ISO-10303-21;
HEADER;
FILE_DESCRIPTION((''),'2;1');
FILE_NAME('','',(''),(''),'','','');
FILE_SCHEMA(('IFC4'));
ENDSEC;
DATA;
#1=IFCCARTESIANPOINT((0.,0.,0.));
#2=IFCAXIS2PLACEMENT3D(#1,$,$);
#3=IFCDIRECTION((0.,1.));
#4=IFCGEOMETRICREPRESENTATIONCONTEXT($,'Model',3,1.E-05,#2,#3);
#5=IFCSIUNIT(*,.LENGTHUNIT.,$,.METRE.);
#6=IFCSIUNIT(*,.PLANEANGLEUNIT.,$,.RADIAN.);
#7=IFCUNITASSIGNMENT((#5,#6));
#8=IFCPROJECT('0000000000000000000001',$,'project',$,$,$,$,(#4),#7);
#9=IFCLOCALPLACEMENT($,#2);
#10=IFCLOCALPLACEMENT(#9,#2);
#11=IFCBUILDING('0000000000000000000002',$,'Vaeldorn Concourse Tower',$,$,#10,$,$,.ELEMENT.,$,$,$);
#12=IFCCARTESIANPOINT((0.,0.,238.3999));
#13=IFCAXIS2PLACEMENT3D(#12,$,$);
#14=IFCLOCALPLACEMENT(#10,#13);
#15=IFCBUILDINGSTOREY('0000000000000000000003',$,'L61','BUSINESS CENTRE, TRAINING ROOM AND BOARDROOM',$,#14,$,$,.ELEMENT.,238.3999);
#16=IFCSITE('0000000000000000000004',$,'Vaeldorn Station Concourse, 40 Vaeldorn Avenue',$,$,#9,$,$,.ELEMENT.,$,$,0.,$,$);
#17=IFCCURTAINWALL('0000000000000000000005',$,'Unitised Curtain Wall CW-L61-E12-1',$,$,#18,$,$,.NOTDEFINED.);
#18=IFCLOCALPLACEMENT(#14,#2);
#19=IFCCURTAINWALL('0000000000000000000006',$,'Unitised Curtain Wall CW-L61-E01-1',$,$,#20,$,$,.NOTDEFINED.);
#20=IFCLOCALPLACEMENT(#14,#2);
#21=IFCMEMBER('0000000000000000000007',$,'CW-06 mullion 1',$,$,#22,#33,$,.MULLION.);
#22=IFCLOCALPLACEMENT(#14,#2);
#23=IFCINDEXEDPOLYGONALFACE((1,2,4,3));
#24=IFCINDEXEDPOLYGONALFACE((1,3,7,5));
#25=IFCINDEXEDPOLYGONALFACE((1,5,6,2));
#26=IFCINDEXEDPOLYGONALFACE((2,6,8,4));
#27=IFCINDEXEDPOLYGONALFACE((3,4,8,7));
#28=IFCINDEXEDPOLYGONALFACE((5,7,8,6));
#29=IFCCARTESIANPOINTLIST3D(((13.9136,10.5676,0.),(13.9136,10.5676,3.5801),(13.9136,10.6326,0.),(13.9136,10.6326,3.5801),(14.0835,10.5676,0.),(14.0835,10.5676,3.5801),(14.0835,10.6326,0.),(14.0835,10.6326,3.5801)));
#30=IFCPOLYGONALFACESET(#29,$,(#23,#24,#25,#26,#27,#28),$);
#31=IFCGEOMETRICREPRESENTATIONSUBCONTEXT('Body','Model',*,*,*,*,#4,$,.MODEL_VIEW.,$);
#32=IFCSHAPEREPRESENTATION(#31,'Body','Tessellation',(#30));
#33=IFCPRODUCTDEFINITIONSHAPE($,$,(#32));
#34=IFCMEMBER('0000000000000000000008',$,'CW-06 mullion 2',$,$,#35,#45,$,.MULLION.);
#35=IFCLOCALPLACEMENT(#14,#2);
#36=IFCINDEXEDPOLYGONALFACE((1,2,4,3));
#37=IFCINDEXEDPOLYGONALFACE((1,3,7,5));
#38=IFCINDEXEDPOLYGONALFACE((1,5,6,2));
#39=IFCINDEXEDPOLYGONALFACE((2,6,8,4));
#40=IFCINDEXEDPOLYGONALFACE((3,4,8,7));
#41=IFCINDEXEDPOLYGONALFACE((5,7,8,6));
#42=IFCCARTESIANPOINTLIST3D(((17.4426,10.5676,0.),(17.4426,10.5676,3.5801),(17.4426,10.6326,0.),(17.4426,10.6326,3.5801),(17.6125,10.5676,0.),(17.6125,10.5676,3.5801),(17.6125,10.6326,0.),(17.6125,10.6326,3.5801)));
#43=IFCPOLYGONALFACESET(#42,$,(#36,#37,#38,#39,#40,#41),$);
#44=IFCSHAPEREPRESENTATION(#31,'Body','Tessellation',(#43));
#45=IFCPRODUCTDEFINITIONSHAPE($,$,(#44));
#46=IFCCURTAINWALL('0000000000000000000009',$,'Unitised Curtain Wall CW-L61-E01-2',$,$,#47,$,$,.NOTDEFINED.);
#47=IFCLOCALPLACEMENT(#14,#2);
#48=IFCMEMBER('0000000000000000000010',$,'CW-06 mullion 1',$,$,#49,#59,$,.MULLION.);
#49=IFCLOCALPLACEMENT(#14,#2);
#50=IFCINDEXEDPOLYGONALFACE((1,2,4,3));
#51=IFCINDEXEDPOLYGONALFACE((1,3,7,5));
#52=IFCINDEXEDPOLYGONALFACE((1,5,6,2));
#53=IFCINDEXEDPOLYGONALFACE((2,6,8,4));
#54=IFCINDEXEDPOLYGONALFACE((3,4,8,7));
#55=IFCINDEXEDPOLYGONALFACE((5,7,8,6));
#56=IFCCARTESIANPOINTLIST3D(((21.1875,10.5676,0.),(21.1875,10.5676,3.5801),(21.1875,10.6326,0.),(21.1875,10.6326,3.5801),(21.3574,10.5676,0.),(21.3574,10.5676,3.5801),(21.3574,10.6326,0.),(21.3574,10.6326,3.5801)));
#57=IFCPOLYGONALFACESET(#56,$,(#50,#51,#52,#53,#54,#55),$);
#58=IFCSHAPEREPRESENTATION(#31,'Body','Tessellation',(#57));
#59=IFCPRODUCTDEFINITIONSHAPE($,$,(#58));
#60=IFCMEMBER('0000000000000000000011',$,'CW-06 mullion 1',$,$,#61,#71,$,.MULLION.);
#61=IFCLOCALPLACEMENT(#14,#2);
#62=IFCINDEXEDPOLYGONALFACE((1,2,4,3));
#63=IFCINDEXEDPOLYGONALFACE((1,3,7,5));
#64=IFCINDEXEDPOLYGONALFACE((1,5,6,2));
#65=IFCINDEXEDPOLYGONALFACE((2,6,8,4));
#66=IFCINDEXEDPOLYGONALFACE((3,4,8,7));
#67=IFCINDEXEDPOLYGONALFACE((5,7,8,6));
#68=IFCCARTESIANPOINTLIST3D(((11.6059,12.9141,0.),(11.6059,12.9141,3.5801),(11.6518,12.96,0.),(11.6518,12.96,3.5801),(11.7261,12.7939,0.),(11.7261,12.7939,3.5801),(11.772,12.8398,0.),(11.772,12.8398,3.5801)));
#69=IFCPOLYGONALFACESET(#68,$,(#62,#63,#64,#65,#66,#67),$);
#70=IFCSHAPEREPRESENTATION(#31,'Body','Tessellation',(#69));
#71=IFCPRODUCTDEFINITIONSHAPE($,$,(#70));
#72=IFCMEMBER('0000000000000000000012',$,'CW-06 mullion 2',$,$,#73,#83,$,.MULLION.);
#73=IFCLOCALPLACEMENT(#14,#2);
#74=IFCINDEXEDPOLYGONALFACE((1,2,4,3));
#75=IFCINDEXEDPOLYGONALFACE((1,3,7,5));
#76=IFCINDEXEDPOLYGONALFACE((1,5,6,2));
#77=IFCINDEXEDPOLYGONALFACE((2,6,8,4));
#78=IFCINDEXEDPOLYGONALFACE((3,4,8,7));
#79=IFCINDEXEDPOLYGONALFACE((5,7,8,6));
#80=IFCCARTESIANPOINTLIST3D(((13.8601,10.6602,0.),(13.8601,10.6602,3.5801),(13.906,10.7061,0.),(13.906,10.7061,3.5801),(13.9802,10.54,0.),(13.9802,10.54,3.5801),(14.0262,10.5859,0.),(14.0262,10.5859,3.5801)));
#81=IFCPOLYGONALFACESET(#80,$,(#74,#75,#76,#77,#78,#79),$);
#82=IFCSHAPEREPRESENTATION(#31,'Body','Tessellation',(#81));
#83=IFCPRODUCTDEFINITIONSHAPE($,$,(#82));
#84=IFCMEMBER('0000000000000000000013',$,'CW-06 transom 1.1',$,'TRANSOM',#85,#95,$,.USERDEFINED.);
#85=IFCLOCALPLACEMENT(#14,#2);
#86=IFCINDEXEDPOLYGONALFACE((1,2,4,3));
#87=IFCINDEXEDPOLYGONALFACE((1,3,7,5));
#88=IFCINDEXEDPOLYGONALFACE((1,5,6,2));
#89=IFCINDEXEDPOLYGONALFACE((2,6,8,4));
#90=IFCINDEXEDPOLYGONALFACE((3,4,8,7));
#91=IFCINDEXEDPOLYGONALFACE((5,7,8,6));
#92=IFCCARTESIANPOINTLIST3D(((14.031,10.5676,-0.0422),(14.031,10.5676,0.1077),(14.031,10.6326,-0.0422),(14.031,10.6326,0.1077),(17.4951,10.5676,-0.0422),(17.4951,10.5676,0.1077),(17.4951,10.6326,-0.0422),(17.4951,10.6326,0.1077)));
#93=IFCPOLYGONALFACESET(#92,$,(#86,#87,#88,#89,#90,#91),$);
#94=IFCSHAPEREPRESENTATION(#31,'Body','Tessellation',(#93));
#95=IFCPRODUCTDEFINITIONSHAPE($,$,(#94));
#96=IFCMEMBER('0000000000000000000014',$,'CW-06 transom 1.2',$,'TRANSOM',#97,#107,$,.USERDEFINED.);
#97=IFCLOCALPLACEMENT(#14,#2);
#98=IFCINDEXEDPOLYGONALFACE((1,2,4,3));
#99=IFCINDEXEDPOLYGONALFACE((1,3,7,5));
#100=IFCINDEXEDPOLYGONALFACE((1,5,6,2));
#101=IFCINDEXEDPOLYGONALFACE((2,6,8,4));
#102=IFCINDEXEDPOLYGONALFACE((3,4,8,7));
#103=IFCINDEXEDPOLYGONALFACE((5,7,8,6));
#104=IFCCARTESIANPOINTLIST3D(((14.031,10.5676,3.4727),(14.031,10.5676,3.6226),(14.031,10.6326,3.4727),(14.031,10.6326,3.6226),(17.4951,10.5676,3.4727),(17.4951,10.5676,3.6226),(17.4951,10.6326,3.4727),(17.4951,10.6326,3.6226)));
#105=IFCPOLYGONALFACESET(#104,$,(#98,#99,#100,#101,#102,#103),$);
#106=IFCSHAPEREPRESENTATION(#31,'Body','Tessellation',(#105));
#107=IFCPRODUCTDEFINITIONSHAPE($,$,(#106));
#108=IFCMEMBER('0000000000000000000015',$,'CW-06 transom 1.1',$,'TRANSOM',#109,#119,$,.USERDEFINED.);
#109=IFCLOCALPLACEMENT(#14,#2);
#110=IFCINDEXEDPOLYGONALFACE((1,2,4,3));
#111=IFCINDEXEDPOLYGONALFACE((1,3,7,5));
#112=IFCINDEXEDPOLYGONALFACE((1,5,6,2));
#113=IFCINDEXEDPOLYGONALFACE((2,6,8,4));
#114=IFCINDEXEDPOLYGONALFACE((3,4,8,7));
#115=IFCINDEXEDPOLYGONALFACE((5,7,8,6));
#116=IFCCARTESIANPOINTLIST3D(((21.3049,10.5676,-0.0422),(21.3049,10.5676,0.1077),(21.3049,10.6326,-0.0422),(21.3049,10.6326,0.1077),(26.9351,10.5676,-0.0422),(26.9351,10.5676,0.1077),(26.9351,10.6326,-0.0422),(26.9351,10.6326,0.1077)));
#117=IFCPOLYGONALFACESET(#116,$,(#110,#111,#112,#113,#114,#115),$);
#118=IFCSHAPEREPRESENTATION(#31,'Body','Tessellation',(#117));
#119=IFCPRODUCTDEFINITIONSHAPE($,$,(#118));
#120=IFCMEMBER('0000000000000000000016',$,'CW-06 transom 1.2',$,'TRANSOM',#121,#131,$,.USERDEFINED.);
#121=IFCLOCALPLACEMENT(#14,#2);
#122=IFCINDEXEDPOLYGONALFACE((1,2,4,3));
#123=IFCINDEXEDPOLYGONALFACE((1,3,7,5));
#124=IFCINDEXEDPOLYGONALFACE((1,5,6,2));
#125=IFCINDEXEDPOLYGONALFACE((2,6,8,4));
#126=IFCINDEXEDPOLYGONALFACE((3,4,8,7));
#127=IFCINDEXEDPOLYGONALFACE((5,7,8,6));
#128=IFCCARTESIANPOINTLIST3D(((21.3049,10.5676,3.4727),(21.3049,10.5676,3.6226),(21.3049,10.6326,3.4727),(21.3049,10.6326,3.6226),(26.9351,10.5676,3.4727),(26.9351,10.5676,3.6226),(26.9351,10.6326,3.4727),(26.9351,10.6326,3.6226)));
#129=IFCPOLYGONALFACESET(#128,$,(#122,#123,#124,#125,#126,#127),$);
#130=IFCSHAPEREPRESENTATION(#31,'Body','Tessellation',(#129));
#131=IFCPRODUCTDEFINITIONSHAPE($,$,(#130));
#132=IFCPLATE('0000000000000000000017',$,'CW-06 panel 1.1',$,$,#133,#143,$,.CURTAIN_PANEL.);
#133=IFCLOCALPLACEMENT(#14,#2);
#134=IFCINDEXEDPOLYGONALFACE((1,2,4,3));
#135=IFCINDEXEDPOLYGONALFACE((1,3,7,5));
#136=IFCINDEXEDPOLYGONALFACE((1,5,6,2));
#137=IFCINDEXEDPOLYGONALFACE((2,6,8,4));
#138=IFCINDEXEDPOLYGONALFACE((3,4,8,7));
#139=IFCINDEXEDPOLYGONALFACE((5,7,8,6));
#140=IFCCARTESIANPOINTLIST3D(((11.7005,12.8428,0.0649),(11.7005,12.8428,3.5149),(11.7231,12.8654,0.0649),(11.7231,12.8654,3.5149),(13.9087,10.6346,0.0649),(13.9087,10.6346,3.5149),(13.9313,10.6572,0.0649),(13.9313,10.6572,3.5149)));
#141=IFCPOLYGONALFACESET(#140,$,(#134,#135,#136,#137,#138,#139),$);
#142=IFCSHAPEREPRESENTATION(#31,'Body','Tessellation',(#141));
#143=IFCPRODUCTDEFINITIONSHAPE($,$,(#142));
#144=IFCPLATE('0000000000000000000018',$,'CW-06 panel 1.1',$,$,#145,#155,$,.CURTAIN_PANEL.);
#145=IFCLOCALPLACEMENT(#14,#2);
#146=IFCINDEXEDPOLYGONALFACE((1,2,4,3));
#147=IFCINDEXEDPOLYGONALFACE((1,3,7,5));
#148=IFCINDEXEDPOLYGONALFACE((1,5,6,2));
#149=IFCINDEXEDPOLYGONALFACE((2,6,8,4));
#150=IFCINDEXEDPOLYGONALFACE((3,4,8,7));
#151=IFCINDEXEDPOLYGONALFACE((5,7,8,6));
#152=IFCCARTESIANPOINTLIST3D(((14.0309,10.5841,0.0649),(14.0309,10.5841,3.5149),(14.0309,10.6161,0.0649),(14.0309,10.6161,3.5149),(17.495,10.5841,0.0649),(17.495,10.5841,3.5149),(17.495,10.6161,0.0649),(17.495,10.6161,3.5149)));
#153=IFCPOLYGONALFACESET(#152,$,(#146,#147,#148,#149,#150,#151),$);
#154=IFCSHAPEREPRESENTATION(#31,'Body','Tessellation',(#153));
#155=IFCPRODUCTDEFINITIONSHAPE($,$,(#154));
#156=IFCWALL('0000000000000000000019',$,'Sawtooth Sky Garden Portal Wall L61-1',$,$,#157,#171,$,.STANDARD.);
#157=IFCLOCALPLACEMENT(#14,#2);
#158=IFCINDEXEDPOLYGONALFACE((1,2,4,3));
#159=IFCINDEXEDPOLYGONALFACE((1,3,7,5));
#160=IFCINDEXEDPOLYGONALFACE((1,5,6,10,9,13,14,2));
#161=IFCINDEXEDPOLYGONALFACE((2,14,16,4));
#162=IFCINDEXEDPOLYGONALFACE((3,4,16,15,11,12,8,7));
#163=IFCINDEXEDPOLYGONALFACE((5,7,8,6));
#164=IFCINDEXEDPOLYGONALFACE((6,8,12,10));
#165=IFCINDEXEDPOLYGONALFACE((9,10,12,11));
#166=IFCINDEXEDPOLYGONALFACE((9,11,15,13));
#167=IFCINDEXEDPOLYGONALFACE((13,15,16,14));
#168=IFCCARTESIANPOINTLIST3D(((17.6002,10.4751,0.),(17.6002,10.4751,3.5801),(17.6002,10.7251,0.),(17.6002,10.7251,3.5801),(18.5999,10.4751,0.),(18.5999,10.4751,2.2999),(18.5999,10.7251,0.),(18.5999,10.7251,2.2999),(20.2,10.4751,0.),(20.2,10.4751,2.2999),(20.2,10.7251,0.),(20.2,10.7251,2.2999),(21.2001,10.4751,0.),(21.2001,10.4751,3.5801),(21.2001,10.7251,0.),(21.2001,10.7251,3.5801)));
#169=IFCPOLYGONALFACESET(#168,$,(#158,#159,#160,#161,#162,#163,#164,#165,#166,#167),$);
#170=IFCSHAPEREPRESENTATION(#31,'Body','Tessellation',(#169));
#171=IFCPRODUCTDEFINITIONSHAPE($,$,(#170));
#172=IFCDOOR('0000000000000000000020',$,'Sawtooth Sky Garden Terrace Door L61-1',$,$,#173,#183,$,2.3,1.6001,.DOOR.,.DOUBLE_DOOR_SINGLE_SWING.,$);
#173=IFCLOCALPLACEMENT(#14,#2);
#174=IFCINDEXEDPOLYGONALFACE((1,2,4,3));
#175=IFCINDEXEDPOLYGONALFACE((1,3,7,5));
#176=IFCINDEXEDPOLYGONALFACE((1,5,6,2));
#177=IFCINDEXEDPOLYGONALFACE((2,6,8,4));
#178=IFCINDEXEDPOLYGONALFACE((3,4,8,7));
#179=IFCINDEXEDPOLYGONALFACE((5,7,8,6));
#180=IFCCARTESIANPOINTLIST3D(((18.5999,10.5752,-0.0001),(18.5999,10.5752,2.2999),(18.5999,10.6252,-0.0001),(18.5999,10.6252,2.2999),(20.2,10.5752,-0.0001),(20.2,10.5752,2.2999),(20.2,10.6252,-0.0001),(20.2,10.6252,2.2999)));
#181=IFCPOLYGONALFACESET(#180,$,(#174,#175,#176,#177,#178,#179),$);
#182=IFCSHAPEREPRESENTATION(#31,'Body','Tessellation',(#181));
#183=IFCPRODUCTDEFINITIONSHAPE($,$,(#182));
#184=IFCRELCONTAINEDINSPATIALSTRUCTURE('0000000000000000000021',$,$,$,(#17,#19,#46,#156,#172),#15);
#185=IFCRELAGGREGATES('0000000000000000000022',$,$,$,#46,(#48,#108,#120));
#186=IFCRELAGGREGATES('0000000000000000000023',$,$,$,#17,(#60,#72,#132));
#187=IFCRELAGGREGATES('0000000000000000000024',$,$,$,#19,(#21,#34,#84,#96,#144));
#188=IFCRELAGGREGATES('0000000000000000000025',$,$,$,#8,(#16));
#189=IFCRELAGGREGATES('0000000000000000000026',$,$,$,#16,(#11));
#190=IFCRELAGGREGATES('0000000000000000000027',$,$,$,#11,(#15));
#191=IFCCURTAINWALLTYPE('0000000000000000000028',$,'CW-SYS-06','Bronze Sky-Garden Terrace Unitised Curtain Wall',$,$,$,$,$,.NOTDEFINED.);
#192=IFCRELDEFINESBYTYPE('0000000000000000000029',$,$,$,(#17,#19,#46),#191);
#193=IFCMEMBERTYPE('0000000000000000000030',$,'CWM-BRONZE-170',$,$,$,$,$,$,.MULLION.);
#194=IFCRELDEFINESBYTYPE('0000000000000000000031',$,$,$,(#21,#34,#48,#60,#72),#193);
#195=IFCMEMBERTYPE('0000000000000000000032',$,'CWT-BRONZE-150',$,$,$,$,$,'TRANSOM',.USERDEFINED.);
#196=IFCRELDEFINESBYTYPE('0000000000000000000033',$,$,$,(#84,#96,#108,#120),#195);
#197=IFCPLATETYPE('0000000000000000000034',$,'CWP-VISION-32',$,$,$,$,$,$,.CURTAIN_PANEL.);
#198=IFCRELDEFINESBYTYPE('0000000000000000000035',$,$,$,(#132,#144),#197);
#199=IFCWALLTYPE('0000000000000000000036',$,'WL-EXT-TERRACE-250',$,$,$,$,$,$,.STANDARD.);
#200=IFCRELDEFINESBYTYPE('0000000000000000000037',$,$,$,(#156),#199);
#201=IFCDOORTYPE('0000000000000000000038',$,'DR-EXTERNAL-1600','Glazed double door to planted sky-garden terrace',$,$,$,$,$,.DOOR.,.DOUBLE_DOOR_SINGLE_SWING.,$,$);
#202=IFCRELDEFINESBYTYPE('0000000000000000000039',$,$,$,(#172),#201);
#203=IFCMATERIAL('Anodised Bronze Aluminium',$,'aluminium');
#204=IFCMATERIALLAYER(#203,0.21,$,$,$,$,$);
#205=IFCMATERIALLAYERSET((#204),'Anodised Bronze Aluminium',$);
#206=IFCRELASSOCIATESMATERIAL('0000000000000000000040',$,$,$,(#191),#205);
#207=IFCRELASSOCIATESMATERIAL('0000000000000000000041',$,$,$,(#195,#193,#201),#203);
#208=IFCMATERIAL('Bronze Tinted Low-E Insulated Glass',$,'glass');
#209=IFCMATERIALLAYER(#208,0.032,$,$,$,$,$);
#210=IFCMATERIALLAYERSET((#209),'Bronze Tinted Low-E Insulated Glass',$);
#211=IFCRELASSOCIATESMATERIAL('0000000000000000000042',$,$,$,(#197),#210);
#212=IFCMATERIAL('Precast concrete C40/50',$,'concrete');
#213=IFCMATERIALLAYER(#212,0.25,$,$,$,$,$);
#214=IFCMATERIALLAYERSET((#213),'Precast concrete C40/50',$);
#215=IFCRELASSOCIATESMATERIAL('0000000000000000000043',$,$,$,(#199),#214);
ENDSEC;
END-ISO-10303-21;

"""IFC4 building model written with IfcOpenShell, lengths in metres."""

from ifc_helpers import new_model, si_unit, direction, frame, frame_2d, origin, origin_2d, place, context, subcontext, project, spatial, rectangle, extrude, source, transform, mapped, material, layer, layer_set, material_profile, profile_set, type_object, element, fill, aggregate, save


model = new_model("IFC4")

# Units and contexts
model_context = context("Model", 3, precision=1e-05, world=origin(), true_north=direction((0.0, 1.0)))
body_context = subcontext(model_context, "Body", "Model", "MODEL_VIEW")
ifc_project = project(units=[si_unit("LENGTHUNIT", "METRE"), si_unit("PLANEANGLEUNIT", "RADIAN")], contexts=[model_context])

# Site, building, storey
site_placement = place(None, origin())
site = spatial("IfcSite", under=ifc_project, at=site_placement, Name="Vaeldorn Station Concourse, 40 Vaeldorn Avenue", CompositionType="ELEMENT", RefElevation=0.0)
building_placement = place(site_placement, origin())
building = spatial("IfcBuilding", under=site, at=building_placement, Name="Vaeldorn Concourse Tower", CompositionType="ELEMENT")
storey_placement = place(building_placement, frame((0.0, 0.0, 238.3999)))
storey = spatial("IfcBuildingStorey", under=building, at=storey_placement, Name="L61", Description="BUSINESS CENTRE, TRAINING ROOM AND BOARDROOM", CompositionType="ELEMENT", Elevation=238.3999)

# Curtain walls, members
ifc_material_1 = material(Name="Anodised Bronze Aluminium", Category="aluminium")
ifc_layer_1 = layer(ifc_material_1, 0.21)
ifc_layer_set_1 = layer_set([ifc_layer_1], Name="Anodised Bronze Aluminium")
curtain_wall_type = type_object("IfcCurtainWallType", Name="CW-SYS-06", Description="Bronze Sky-Garden Terrace Unitised Curtain Wall", PredefinedType="NOTDEFINED", material=ifc_layer_set_1)
curtain_wall_1_placement = place(storey_placement, origin())
curtain_wall_1 = element("IfcCurtainWall", 1, at=curtain_wall_1_placement, inside=storey, type_object=curtain_wall_type, Name="Unitised Curtain Wall CW-L61-E12-1", PredefinedType="NOTDEFINED")
ifc_material_profile_1 = material_profile(ifc_material_1, rectangle(XDim=0.0649, YDim=0.1499, at=origin_2d()), Name="CWT 65x150")
ifc_profile_set_1 = profile_set([ifc_material_profile_1], Name="Anodised Bronze Aluminium")
member_type_1 = type_object("IfcMemberType", Name="CWT-BRONZE-150", ElementType="TRANSOM", PredefinedType="USERDEFINED", material=ifc_profile_set_1)
curtain_wall_2_placement = place(storey_placement, origin())
curtain_wall_2 = element("IfcCurtainWall", 2, at=curtain_wall_2_placement, inside=storey, type_object=curtain_wall_type, Name="Unitised Curtain Wall CW-L61-E01-1", PredefinedType="NOTDEFINED")
ifc_material_profile_2 = material_profile(ifc_material_1, rectangle(XDim=0.0649, YDim=0.1699, at=origin_2d()), Name="CWM 65x170")
ifc_profile_set_2 = profile_set([ifc_material_profile_2], Name="Anodised Bronze Aluminium")
member_type_2 = type_object("IfcMemberType", Name="CWM-BRONZE-170", PredefinedType="MULLION", material=ifc_profile_set_2)
shared_shape_1 = source(origin(), body_context, "Body", "SweptSolid", [
    extrude(rectangle(XDim=0.0649, YDim=0.1699, at=origin_2d()), origin(), (0.0, 0.0, 1.0), 3.5801),
])
member_1_placement = place(storey_placement, frame((13.9985, 10.6001, 0.0), z_axis=(0.0, 0.0, 1.0), x_axis=(0.0, 1.0, 0.0)))
member_1 = element("IfcMember", 3, at=member_1_placement, type_object=member_type_2, Name="CW-06 mullion 1", PredefinedType="MULLION", context=body_context, shape_type="MappedRepresentation", body=[
    mapped(shared_shape_1, transform((0.0, 0.0, 0.0), scale=1.0)),
])
member_2_placement = place(storey_placement, frame((17.5276, 10.6001, 0.0), z_axis=(0.0, 0.0, 1.0), x_axis=(0.0, 1.0, 0.0)))
member_2 = element("IfcMember", 4, at=member_2_placement, type_object=member_type_2, Name="CW-06 mullion 2", PredefinedType="MULLION", context=body_context, shape_type="MappedRepresentation", body=[
    mapped(shared_shape_1, transform((0.0, 0.0, 0.0), scale=1.0)),
])

# Curtain wall, member
curtain_wall_3_placement = place(storey_placement, origin())
curtain_wall_3 = element("IfcCurtainWall", 5, at=curtain_wall_3_placement, inside=storey, type_object=curtain_wall_type, Name="Unitised Curtain Wall CW-L61-E01-2", PredefinedType="NOTDEFINED")
member_3_placement = place(storey_placement, frame((21.2725, 10.6001, 0.0), z_axis=(0.0, 0.0, 1.0), x_axis=(0.0, 1.0, 0.0)))
member_3 = element("IfcMember", 6, at=member_3_placement, type_object=member_type_2, Name="CW-06 mullion 1", PredefinedType="MULLION", context=body_context, shape_type="MappedRepresentation", body=[
    mapped(shared_shape_1, transform((0.0, 0.0, 0.0), scale=1.0)),
])

# Members
member_4_placement = place(storey_placement, frame((11.689, 12.877, 0.0), z_axis=(0.0, 0.0, 1.0), x_axis=(0.707107, 0.707107, 0.0)))
member_4 = element("IfcMember", 7, at=member_4_placement, type_object=member_type_2, Name="CW-06 mullion 1", PredefinedType="MULLION", context=body_context, shape_type="MappedRepresentation", body=[
    mapped(shared_shape_1, transform((0.0, 0.0, 0.0), scale=1.0)),
])
member_5_placement = place(storey_placement, frame((13.9431, 10.623, 0.0), z_axis=(0.0, 0.0, 1.0), x_axis=(0.707107, 0.707107, 0.0)))
member_5 = element("IfcMember", 8, at=member_5_placement, type_object=member_type_2, Name="CW-06 mullion 2", PredefinedType="MULLION", context=body_context, shape_type="MappedRepresentation", body=[
    mapped(shared_shape_1, transform((0.0, 0.0, 0.0), scale=1.0)),
])
shared_shape_2 = source(origin(), body_context, "Body", "SweptSolid", [
    extrude(rectangle(XDim=0.0649, YDim=0.1499, at=origin_2d()), origin(), (0.0, 0.0, 1.0), 3.4641),
])
member_6_placement = place(storey_placement, frame((14.031, 10.6001, 0.0327), z_axis=(1.0, 0.0, 0.0), x_axis=(0.0, 1.0, 0.0)))
member_6 = element("IfcMember", 9, at=member_6_placement, type_object=member_type_1, Name="CW-06 transom 1.1", ObjectType="TRANSOM", PredefinedType="USERDEFINED", context=body_context, shape_type="MappedRepresentation", body=[
    mapped(shared_shape_2, transform((0.0, 0.0, 0.0), scale=1.0)),
])
member_7_placement = place(storey_placement, frame((14.031, 10.6001, 3.5476), z_axis=(1.0, 0.0, 0.0), x_axis=(0.0, 1.0, 0.0)))
member_7 = element("IfcMember", 10, at=member_7_placement, type_object=member_type_1, Name="CW-06 transom 1.2", ObjectType="TRANSOM", PredefinedType="USERDEFINED", context=body_context, shape_type="MappedRepresentation", body=[
    mapped(shared_shape_2, transform((0.0, 0.0, 0.0), scale=1.0)),
])
shared_shape_3 = source(origin(), body_context, "Body", "SweptSolid", [
    extrude(rectangle(XDim=0.0649, YDim=0.1499, at=origin_2d()), origin(), (0.0, 0.0, 1.0), 5.6301),
])
member_8_placement = place(storey_placement, frame((21.3049, 10.6001, 0.0327), z_axis=(1.0, 0.0, 0.0), x_axis=(0.0, 1.0, 0.0)))
member_8 = element("IfcMember", 11, at=member_8_placement, type_object=member_type_1, Name="CW-06 transom 1.1", ObjectType="TRANSOM", PredefinedType="USERDEFINED", context=body_context, shape_type="MappedRepresentation", body=[
    mapped(shared_shape_3, transform((0.0, 0.0, 0.0), scale=1.0)),
])
member_9_placement = place(storey_placement, frame((21.3049, 10.6001, 3.5476), z_axis=(1.0, 0.0, 0.0), x_axis=(0.0, 1.0, 0.0)))
member_9 = element("IfcMember", 12, at=member_9_placement, type_object=member_type_1, Name="CW-06 transom 1.2", ObjectType="TRANSOM", PredefinedType="USERDEFINED", context=body_context, shape_type="MappedRepresentation", body=[
    mapped(shared_shape_3, transform((0.0, 0.0, 0.0), scale=1.0)),
])
aggregate(curtain_wall_3, [member_3, member_8, member_9])

# Plates
ifc_material_2 = material(Name="Bronze Tinted Low-E Insulated Glass", Category="glass")
ifc_layer_2 = layer(ifc_material_2, 0.032)
ifc_layer_set_2 = layer_set([ifc_layer_2], Name="Bronze Tinted Low-E Insulated Glass")
plate_type = type_object("IfcPlateType", Name="CWP-VISION-32", PredefinedType="CURTAIN_PANEL", material=ifc_layer_set_2)
shared_shape_4 = source(origin(), body_context, "Body", "SweptSolid", [
    extrude(rectangle(XDim=3.1228, YDim=0.032, at=origin_2d()), origin(), (0.0, 0.0, 1.0), 3.45),
])
plate_1_placement = place(storey_placement, frame((12.8159, 11.75, 0.0649), z_axis=(0.0, 0.0, 1.0), x_axis=(0.707107, -0.707107, 0.0)))
plate_1 = element("IfcPlate", 13, at=plate_1_placement, type_object=plate_type, Name="CW-06 panel 1.1", PredefinedType="CURTAIN_PANEL", context=body_context, shape_type="MappedRepresentation", body=[
    mapped(shared_shape_4, transform((0.0, 0.0, 0.0), scale=1.0)),
])
aggregate(curtain_wall_1, [member_4, member_5, plate_1])
shared_shape_5 = source(origin(), body_context, "Body", "SweptSolid", [
    extrude(rectangle(XDim=3.4641, YDim=0.032, at=origin_2d()), origin(), (0.0, 0.0, 1.0), 3.45),
])
plate_2_placement = place(storey_placement, frame((15.7629, 10.6001, 0.0649), z_axis=(0.0, 0.0, 1.0), x_axis=(1.0, 0.0, 0.0)))
plate_2 = element("IfcPlate", 14, at=plate_2_placement, type_object=plate_type, Name="CW-06 panel 1.1", PredefinedType="CURTAIN_PANEL", context=body_context, shape_type="MappedRepresentation", body=[
    mapped(shared_shape_5, transform((0.0, 0.0, 0.0), scale=1.0)),
])
aggregate(curtain_wall_2, [member_1, member_2, member_6, member_7, plate_2])

# Wall, opening, door
ifc_material_3 = material(Name="Precast concrete C40/50", Category="concrete")
ifc_layer_3 = layer(ifc_material_3, 0.25)
ifc_layer_set_3 = layer_set([ifc_layer_3], Name="Precast concrete C40/50")
wall_type_1 = type_object("IfcWallType", Name="WL-EXT-TERRACE-250", PredefinedType="STANDARD", material=ifc_layer_set_3)
wall_1_placement = place(storey_placement, frame((21.2, 10.6001, 0.0), z_axis=(0.0, 0.0, 1.0), x_axis=(-1.0, 0.0, 0.0)))
wall_1 = element("IfcWall", 15, at=wall_1_placement, inside=storey, type_object=wall_type_1, Name="Sawtooth Sky Garden Portal Wall L61-1", PredefinedType="STANDARD", context=body_context, shape_type="SweptSolid", body=[
    extrude(rectangle(XDim=3.5999, YDim=0.25, at=frame_2d((1.7998, 0.0))), origin(), (0.0, 0.0, 1.0), 3.5801),
])
opening_1_placement = place(wall_1_placement, frame((1.0, 0.0, 0.0)))
opening_1 = element("IfcOpeningElement", 16, at=opening_1_placement, cuts=wall_1, PredefinedType="OPENING", context=body_context, shape_type="SweptSolid", body=[
    extrude(rectangle(XDim=1.6001, YDim=2.3, at=frame_2d((0.8, 1.1499))), frame((0.0, 0.135, 0.0), z_axis=(0.0, -1.0, 0.0), x_axis=(1.0, 0.0, 0.0)), (0.0, 0.0, 1.0), 0.27),
])
door_type_1 = type_object("IfcDoorType", Name="DR-EXTERNAL-1600", Description="Glazed double door to planted sky-garden terrace", OperationType="DOUBLE_DOOR_SINGLE_SWING", PredefinedType="DOOR", material=ifc_material_1)
shared_shape_6 = source(origin(), body_context, "Body", "SweptSolid", [
    extrude(rectangle(XDim=1.6001, YDim=2.3, at=frame_2d((0.8, 1.1499))), frame((0.0, 0.0249, 0.0), z_axis=(0.0, -1.0, 0.0), x_axis=(1.0, 0.0, 0.0)), (0.0, 0.0, 1.0), 0.05),
])
door_1_placement = place(opening_1_placement, origin())
door_1 = element("IfcDoor", 17, at=door_1_placement, inside=storey, type_object=door_type_1, Name="Sawtooth Sky Garden Terrace Door L61-1", OperationType="DOUBLE_DOOR_SINGLE_SWING", OverallHeight=2.3, OverallWidth=1.6001, PredefinedType="DOOR", context=body_context, shape_type="MappedRepresentation", body=[
    mapped(shared_shape_6, transform((0.0, 0.0, 0.0), scale=1.0)),
])
fill(opening_1, door_1)

save(model, "model.ifc")
